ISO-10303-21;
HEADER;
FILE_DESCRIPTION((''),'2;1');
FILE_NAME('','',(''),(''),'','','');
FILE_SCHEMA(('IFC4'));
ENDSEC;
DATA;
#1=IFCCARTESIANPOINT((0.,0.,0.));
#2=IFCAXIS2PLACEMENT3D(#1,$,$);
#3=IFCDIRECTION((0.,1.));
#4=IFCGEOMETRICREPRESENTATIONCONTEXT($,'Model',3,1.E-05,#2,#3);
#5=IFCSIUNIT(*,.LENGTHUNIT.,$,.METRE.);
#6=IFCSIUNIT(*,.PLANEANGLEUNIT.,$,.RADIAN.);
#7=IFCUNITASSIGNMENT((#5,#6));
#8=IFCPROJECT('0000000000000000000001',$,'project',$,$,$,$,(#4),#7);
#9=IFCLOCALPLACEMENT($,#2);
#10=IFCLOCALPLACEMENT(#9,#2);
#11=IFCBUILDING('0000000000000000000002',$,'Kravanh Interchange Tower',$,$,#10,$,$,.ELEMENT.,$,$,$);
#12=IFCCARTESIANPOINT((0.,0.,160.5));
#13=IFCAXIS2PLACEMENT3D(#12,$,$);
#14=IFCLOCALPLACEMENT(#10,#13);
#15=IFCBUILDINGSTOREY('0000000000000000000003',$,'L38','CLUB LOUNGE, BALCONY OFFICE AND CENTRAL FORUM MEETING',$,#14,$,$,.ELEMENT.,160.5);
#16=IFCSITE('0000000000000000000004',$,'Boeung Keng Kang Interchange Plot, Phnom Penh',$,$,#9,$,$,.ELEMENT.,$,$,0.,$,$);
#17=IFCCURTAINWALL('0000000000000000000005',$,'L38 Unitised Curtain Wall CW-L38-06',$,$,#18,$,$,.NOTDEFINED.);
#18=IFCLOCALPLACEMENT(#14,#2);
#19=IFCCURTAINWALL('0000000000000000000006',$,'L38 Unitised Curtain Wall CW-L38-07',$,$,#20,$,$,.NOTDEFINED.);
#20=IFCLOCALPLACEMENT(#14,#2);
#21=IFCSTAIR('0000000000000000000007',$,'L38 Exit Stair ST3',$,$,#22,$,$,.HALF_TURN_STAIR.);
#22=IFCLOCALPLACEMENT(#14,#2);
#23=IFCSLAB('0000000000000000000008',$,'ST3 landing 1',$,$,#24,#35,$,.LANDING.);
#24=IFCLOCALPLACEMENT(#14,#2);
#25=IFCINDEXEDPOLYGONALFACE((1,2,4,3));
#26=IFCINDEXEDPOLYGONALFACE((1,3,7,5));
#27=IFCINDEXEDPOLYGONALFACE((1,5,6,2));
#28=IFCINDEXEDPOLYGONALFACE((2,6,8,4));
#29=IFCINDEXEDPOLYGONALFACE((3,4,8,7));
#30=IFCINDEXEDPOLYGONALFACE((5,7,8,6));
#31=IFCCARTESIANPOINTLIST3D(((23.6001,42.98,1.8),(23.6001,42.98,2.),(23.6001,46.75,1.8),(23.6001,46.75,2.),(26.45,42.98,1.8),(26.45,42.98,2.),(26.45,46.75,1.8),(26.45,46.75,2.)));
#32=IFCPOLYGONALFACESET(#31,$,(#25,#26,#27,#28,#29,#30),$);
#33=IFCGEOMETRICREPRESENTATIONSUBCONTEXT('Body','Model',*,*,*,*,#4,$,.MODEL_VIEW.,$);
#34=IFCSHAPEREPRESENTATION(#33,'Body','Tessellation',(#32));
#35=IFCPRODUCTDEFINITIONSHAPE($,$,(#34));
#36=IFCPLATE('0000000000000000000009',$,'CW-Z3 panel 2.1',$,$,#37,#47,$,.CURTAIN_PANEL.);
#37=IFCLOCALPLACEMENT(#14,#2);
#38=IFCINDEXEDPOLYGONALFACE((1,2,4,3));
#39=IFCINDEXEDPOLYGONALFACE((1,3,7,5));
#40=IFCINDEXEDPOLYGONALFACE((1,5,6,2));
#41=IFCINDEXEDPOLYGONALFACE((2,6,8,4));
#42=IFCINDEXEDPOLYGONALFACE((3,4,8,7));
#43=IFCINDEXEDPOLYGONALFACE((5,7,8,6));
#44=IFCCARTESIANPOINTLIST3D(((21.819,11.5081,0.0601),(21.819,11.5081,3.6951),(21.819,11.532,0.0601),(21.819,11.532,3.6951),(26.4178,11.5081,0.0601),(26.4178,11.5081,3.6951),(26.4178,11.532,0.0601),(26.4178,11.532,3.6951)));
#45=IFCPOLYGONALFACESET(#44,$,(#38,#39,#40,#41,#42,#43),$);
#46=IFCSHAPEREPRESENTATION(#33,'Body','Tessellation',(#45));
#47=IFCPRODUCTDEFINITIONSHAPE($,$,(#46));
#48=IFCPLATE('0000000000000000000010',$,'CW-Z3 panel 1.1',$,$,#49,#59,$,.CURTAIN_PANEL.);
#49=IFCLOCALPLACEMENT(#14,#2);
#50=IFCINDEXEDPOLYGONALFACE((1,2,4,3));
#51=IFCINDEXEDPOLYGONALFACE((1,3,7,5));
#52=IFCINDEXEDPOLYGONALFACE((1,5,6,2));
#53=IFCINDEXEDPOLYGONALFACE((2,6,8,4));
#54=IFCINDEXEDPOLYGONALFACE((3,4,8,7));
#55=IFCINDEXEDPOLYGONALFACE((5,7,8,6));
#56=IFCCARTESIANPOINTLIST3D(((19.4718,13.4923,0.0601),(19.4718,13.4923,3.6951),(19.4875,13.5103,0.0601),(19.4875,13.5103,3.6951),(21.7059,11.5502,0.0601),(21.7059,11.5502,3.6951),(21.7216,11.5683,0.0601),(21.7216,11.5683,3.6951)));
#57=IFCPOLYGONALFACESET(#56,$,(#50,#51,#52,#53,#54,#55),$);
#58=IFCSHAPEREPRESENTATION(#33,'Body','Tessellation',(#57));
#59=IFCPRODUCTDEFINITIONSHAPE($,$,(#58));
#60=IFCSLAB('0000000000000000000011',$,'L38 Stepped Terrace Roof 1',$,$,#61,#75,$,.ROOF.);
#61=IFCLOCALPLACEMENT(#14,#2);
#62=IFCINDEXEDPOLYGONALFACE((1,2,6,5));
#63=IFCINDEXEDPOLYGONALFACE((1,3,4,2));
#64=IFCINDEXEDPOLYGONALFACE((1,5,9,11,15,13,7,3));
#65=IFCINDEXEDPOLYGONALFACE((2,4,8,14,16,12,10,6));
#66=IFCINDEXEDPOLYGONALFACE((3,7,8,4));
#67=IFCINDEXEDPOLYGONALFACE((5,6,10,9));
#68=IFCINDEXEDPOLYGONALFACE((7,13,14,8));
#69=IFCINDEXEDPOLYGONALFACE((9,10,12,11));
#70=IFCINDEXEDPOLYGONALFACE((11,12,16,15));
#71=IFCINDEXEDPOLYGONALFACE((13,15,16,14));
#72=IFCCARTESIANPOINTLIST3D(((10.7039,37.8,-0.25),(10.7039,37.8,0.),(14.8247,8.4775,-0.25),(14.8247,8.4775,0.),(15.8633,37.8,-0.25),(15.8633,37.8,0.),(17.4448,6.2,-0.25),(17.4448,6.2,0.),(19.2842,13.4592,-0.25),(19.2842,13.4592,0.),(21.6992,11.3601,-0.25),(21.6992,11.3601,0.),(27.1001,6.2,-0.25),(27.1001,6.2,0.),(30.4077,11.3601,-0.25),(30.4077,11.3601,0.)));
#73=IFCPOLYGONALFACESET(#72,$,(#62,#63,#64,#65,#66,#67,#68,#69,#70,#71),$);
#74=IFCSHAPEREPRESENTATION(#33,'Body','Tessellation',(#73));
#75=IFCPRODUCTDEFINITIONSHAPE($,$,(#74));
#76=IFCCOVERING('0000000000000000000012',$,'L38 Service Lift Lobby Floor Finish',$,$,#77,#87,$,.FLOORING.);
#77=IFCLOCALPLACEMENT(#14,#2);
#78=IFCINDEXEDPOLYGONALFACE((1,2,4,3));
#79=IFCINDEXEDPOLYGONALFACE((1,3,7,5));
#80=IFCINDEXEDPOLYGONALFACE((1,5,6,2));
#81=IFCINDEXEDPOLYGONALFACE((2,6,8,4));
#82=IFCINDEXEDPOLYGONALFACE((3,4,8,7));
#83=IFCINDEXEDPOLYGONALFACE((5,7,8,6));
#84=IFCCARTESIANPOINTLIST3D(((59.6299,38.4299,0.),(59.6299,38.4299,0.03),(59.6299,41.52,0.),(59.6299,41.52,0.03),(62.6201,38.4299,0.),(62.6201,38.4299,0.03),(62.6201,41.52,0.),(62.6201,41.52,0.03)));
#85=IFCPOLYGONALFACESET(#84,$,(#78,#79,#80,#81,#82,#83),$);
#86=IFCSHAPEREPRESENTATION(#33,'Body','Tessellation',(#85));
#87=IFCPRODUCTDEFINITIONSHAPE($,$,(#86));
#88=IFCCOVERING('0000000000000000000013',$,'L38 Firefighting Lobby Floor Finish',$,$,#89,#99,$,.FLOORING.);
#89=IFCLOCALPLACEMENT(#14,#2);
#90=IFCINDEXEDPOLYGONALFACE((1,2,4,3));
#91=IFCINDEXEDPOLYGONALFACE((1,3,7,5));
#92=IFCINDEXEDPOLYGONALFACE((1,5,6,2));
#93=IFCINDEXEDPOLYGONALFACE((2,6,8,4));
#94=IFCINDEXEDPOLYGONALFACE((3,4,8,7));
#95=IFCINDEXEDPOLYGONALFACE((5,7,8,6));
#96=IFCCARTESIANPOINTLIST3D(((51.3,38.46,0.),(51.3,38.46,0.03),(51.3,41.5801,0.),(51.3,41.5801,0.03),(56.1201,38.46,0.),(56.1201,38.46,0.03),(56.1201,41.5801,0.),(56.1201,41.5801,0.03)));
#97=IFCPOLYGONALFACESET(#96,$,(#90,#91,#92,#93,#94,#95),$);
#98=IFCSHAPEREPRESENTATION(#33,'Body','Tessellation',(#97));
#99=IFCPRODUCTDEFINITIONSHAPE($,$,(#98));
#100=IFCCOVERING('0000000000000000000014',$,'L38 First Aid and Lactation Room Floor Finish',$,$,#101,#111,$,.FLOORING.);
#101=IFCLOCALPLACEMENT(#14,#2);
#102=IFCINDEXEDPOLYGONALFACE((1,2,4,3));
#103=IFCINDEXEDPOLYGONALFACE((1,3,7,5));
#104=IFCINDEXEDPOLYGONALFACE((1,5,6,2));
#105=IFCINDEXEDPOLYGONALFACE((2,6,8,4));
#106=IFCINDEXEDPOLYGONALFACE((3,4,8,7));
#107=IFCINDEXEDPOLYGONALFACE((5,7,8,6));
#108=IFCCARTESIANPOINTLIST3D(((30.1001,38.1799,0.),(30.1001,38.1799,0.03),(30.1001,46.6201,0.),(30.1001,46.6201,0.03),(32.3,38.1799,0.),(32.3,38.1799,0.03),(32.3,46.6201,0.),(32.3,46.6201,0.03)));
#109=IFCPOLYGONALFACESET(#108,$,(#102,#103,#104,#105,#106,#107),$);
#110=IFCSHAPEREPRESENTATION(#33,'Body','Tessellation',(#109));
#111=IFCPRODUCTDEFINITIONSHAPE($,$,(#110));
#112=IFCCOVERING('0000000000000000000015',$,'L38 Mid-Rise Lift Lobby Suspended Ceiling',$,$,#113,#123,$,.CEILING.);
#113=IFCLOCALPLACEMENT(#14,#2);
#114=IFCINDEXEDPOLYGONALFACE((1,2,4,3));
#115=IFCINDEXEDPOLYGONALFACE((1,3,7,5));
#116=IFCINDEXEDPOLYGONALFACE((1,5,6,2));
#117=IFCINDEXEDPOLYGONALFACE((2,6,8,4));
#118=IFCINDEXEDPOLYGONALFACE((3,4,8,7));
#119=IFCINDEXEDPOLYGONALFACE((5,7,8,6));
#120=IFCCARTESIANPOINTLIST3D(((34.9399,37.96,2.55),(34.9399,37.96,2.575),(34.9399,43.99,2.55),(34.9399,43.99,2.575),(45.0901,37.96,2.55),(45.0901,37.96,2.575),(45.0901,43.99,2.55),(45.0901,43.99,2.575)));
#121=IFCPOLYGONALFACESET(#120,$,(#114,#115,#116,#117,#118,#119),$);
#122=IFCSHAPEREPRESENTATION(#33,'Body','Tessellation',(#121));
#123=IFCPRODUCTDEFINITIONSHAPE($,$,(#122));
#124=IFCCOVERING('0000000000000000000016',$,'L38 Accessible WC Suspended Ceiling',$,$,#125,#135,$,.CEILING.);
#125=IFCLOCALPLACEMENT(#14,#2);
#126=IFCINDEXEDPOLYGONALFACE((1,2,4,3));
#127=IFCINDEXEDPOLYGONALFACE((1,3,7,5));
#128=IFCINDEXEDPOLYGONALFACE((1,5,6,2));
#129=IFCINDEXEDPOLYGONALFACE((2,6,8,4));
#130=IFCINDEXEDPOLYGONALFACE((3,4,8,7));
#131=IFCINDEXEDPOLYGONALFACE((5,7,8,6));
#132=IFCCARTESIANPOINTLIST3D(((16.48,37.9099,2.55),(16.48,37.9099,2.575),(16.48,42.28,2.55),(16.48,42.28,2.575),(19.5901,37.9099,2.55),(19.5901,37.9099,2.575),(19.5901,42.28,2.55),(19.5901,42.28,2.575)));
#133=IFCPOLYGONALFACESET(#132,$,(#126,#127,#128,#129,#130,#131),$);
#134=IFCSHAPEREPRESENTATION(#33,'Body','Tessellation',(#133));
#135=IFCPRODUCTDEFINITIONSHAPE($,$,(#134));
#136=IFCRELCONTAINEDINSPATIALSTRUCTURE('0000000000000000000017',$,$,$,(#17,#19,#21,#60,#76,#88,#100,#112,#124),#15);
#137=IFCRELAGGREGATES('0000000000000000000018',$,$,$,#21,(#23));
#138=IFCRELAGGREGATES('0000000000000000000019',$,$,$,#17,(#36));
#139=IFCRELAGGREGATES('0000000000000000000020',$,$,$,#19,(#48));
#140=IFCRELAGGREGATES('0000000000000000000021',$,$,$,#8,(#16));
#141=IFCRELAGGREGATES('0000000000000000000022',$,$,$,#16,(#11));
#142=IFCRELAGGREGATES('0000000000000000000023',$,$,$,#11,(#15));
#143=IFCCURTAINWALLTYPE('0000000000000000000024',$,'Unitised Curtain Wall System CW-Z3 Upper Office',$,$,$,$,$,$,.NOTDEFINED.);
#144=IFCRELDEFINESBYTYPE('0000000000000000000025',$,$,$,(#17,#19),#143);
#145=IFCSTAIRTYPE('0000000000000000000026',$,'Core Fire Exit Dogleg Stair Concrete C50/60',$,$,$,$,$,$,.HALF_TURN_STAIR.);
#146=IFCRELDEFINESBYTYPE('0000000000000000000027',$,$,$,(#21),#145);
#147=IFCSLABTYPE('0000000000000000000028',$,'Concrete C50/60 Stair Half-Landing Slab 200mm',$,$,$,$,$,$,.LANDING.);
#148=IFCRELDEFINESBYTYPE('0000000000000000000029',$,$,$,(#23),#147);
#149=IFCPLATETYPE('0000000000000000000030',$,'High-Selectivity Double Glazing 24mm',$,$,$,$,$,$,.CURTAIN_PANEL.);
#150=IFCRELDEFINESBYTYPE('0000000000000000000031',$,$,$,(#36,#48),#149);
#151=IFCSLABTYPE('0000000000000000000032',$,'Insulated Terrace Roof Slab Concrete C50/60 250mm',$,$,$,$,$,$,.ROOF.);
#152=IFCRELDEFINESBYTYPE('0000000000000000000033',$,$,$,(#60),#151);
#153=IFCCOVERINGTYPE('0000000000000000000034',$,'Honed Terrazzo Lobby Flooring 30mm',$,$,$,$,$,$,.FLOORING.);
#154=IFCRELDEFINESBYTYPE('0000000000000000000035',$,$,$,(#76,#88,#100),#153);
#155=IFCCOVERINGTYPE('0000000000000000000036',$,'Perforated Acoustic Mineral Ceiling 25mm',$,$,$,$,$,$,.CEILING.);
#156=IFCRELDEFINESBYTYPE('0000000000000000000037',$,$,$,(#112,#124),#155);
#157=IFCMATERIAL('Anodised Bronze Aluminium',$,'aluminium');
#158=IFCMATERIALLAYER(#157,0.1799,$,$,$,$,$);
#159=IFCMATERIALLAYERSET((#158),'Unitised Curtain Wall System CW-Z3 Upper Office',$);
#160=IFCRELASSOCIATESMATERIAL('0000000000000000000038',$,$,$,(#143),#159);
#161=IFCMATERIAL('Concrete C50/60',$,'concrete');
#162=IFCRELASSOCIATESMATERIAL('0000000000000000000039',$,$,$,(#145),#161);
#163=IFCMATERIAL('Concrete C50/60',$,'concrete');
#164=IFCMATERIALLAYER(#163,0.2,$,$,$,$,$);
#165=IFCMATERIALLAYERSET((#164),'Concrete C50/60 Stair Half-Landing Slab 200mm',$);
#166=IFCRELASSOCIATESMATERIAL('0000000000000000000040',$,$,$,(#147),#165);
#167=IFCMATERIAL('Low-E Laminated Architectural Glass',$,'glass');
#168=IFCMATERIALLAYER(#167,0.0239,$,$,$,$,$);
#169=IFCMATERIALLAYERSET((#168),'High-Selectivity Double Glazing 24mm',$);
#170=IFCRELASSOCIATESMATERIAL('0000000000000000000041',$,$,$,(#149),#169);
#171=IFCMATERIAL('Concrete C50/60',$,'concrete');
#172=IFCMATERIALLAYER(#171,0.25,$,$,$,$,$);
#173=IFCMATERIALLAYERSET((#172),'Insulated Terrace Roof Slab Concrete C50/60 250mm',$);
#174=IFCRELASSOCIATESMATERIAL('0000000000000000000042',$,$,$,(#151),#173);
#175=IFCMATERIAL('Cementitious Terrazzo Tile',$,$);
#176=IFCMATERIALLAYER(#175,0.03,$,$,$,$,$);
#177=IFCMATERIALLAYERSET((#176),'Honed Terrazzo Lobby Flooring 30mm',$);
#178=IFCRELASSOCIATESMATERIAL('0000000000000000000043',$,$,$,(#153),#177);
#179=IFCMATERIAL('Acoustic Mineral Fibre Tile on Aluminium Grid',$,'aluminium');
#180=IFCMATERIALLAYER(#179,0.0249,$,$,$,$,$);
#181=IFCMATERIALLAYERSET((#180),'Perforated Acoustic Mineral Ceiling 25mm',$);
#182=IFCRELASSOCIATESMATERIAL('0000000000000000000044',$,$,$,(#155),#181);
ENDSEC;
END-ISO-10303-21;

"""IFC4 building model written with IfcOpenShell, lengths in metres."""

from ifc_helpers import new_model, si_unit, direction, frame, origin, origin_2d, place, context, subcontext, project, spatial, polyline, rectangle, outline, extrude, material, layer, layer_set, type_object, element, aggregate, save


model = new_model("IFC4")

# Units and contexts
model_context = context("Model", 3, precision=1e-05, world=origin(), true_north=direction((0.0, 1.0)))
body_context = subcontext(model_context, "Body", "Model", "MODEL_VIEW")
ifc_project = project(units=[si_unit("LENGTHUNIT", "METRE"), si_unit("PLANEANGLEUNIT", "RADIAN")], contexts=[model_context])

# Site, building, storey
site_placement = place(None, origin())
site = spatial("IfcSite", under=ifc_project, at=site_placement, Name="Boeung Keng Kang Interchange Plot, Phnom Penh", CompositionType="ELEMENT", RefElevation=0.0)
building_placement = place(site_placement, origin())
building = spatial("IfcBuilding", under=site, at=building_placement, Name="Kravanh Interchange Tower", CompositionType="ELEMENT")
storey_placement = place(building_placement, frame((0.0, 0.0, 160.5)))
storey = spatial("IfcBuildingStorey", under=building, at=storey_placement, Name="L38", Description="CLUB LOUNGE, BALCONY OFFICE AND CENTRAL FORUM MEETING", CompositionType="ELEMENT", Elevation=160.5)

# Curtain wall
ifc_material_1 = material(Name="Anodised Bronze Aluminium", Category="aluminium")
ifc_layer_1 = layer(ifc_material_1, 0.1799)
ifc_layer_set_1 = layer_set([ifc_layer_1], Name="Unitised Curtain Wall System CW-Z3 Upper Office")
curtain_wall_type = type_object("IfcCurtainWallType", Name="Unitised Curtain Wall System CW-Z3 Upper Office", PredefinedType="NOTDEFINED", material=ifc_layer_set_1)
curtain_wall_1_placement = place(storey_placement, origin())
curtain_wall_1 = element("IfcCurtainWall", 1, at=curtain_wall_1_placement, inside=storey, type_object=curtain_wall_type, Name="L38 Unitised Curtain Wall CW-L38-06", PredefinedType="NOTDEFINED")

# Curtain wall
curtain_wall_2_placement = place(storey_placement, origin())
curtain_wall_2 = element("IfcCurtainWall", 2, at=curtain_wall_2_placement, inside=storey, type_object=curtain_wall_type, Name="L38 Unitised Curtain Wall CW-L38-07", PredefinedType="NOTDEFINED")

# Stair, slab
ifc_material_2 = material(Name="Concrete C50/60", Category="concrete")
stair_type = type_object("IfcStairType", Name="Core Fire Exit Dogleg Stair Concrete C50/60", PredefinedType="HALF_TURN_STAIR", material=ifc_material_2)
ifc_material_3 = material(Name="Concrete C50/60", Category="concrete")
ifc_layer_2 = layer(ifc_material_3, 0.2)
ifc_layer_set_2 = layer_set([ifc_layer_2], Name="Concrete C50/60 Stair Half-Landing Slab 200mm")
slab_type_1 = type_object("IfcSlabType", Name="Concrete C50/60 Stair Half-Landing Slab 200mm", PredefinedType="LANDING", material=ifc_layer_set_2)
stair_1_placement = place(storey_placement, origin())
stair_1 = element("IfcStair", 3, at=stair_1_placement, inside=storey, type_object=stair_type, Name="L38 Exit Stair ST3", PredefinedType="HALF_TURN_STAIR")
slab_1_placement = place(storey_placement, frame((0.0, 0.0, 1.8)))
slab_1 = element("IfcSlab", 4, at=slab_1_placement, type_object=slab_type_1, Name="ST3 landing 1", PredefinedType="LANDING", context=body_context, shape_type="SweptSolid", body=[
    extrude(outline(polyline([(26.45, 42.98), (26.45, 46.75), (23.6001, 46.75), (23.6001, 42.98), (26.45, 42.98)])), origin(), (0.0, 0.0, 1.0), 0.2),
])
aggregate(stair_1, [slab_1])

# Plates
ifc_material_4 = material(Name="Low-E Laminated Architectural Glass", Category="glass")
ifc_layer_3 = layer(ifc_material_4, 0.0239)
ifc_layer_set_3 = layer_set([ifc_layer_3], Name="High-Selectivity Double Glazing 24mm")
plate_type = type_object("IfcPlateType", Name="High-Selectivity Double Glazing 24mm", PredefinedType="CURTAIN_PANEL", material=ifc_layer_set_3)
plate_1_placement = place(storey_placement, frame((24.1184, 11.52, 0.0601), z_axis=(0.0, 0.0, 1.0), x_axis=(-1.0, 0.0, 0.0)))
plate_1 = element("IfcPlate", 5, at=plate_1_placement, type_object=plate_type, Name="CW-Z3 panel 2.1", PredefinedType="CURTAIN_PANEL", context=body_context, shape_type="SweptSolid", body=[
    extrude(rectangle(XDim=4.5989, YDim=0.0239, at=origin_2d()), origin(), (0.0, 0.0, 1.0), 3.635),
])
aggregate(curtain_wall_1, [plate_1])
plate_2_placement = place(storey_placement, frame((20.5967, 12.5303, 0.0601), z_axis=(0.0, 0.0, 1.0), x_axis=(-0.754717, 0.656051, 0.0)))
plate_2 = element("IfcPlate", 6, at=plate_2_placement, type_object=plate_type, Name="CW-Z3 panel 1.1", PredefinedType="CURTAIN_PANEL", context=body_context, shape_type="SweptSolid", body=[
    extrude(rectangle(XDim=2.9602, YDim=0.0239, at=origin_2d()), origin(), (0.0, 0.0, 1.0), 3.635),
])
aggregate(curtain_wall_2, [plate_2])

# Slab
ifc_material_5 = material(Name="Concrete C50/60", Category="concrete")
ifc_layer_4 = layer(ifc_material_5, 0.25)
ifc_layer_set_4 = layer_set([ifc_layer_4], Name="Insulated Terrace Roof Slab Concrete C50/60 250mm")
slab_type_2 = type_object("IfcSlabType", Name="Insulated Terrace Roof Slab Concrete C50/60 250mm", PredefinedType="ROOF", material=ifc_layer_set_4)
slab_2_placement = place(storey_placement, frame((0.0, 0.0, -0.25)))
element("IfcSlab", 7, at=slab_2_placement, inside=storey, type_object=slab_type_2, Name="L38 Stepped Terrace Roof 1", PredefinedType="ROOF", context=body_context, shape_type="SweptSolid", body=[
    extrude(outline(polyline([(17.4448, 6.2), (14.8247, 8.4775), (10.7039, 37.8), (15.8633, 37.8), (19.2842, 13.4592), (21.6992, 11.3601), (30.4077, 11.3601), (27.1001, 6.2), (17.4448, 6.2)])), origin(), (0.0, 0.0, 1.0), 0.25),
])

# Coverings
ifc_material_6 = material(Name="Cementitious Terrazzo Tile")
ifc_layer_5 = layer(ifc_material_6, 0.03)
ifc_layer_set_5 = layer_set([ifc_layer_5], Name="Honed Terrazzo Lobby Flooring 30mm")
covering_type_1 = type_object("IfcCoveringType", Name="Honed Terrazzo Lobby Flooring 30mm", PredefinedType="FLOORING", material=ifc_layer_set_5)
covering_1_placement = place(storey_placement, origin())
element("IfcCovering", 8, at=covering_1_placement, inside=storey, type_object=covering_type_1, Name="L38 Service Lift Lobby Floor Finish", PredefinedType="FLOORING", context=body_context, shape_type="SweptSolid", body=[
    extrude(outline(polyline([(59.6299, 41.52), (62.6201, 41.52), (62.6201, 38.4299), (59.6299, 38.4299), (59.6299, 41.52)])), origin(), (0.0, 0.0, 1.0), 0.03),
])
covering_2_placement = place(storey_placement, origin())
element("IfcCovering", 9, at=covering_2_placement, inside=storey, type_object=covering_type_1, Name="L38 Firefighting Lobby Floor Finish", PredefinedType="FLOORING", context=body_context, shape_type="SweptSolid", body=[
    extrude(outline(polyline([(56.1201, 38.46), (51.3, 38.46), (51.3, 41.5801), (56.1201, 41.5801), (56.1201, 38.46)])), origin(), (0.0, 0.0, 1.0), 0.03),
])
covering_3_placement = place(storey_placement, origin())
element("IfcCovering", 10, at=covering_3_placement, inside=storey, type_object=covering_type_1, Name="L38 First Aid and Lactation Room Floor Finish", PredefinedType="FLOORING", context=body_context, shape_type="SweptSolid", body=[
    extrude(outline(polyline([(30.1001, 46.6201), (32.3, 46.6201), (32.3, 38.1799), (30.1001, 38.1799), (30.1001, 46.6201)])), origin(), (0.0, 0.0, 1.0), 0.03),
])
ifc_material_7 = material(Name="Acoustic Mineral Fibre Tile on Aluminium Grid", Category="aluminium")
ifc_layer_6 = layer(ifc_material_7, 0.0249)
ifc_layer_set_6 = layer_set([ifc_layer_6], Name="Perforated Acoustic Mineral Ceiling 25mm")
covering_type_2 = type_object("IfcCoveringType", Name="Perforated Acoustic Mineral Ceiling 25mm", PredefinedType="CEILING", material=ifc_layer_set_6)
covering_4_placement = place(storey_placement, frame((0.0, 0.0, 2.55)))
element("IfcCovering", 11, at=covering_4_placement, inside=storey, type_object=covering_type_2, Name="L38 Mid-Rise Lift Lobby Suspended Ceiling", PredefinedType="CEILING", context=body_context, shape_type="SweptSolid", body=[
    extrude(outline(polyline([(45.0901, 37.96), (34.9399, 37.96), (34.9399, 43.99), (45.0901, 43.99), (45.0901, 37.96)])), origin(), (0.0, 0.0, 1.0), 0.0249),
])
covering_5_placement = place(storey_placement, frame((0.0, 0.0, 2.55)))
element("IfcCovering", 12, at=covering_5_placement, inside=storey, type_object=covering_type_2, Name="L38 Accessible WC Suspended Ceiling", PredefinedType="CEILING", context=body_context, shape_type="SweptSolid", body=[
    extrude(outline(polyline([(19.5901, 42.28), (19.5901, 37.9099), (16.48, 37.9099), (16.48, 42.28), (19.5901, 42.28)])), origin(), (0.0, 0.0, 1.0), 0.0249),
])

save(model, "model.ifc")
